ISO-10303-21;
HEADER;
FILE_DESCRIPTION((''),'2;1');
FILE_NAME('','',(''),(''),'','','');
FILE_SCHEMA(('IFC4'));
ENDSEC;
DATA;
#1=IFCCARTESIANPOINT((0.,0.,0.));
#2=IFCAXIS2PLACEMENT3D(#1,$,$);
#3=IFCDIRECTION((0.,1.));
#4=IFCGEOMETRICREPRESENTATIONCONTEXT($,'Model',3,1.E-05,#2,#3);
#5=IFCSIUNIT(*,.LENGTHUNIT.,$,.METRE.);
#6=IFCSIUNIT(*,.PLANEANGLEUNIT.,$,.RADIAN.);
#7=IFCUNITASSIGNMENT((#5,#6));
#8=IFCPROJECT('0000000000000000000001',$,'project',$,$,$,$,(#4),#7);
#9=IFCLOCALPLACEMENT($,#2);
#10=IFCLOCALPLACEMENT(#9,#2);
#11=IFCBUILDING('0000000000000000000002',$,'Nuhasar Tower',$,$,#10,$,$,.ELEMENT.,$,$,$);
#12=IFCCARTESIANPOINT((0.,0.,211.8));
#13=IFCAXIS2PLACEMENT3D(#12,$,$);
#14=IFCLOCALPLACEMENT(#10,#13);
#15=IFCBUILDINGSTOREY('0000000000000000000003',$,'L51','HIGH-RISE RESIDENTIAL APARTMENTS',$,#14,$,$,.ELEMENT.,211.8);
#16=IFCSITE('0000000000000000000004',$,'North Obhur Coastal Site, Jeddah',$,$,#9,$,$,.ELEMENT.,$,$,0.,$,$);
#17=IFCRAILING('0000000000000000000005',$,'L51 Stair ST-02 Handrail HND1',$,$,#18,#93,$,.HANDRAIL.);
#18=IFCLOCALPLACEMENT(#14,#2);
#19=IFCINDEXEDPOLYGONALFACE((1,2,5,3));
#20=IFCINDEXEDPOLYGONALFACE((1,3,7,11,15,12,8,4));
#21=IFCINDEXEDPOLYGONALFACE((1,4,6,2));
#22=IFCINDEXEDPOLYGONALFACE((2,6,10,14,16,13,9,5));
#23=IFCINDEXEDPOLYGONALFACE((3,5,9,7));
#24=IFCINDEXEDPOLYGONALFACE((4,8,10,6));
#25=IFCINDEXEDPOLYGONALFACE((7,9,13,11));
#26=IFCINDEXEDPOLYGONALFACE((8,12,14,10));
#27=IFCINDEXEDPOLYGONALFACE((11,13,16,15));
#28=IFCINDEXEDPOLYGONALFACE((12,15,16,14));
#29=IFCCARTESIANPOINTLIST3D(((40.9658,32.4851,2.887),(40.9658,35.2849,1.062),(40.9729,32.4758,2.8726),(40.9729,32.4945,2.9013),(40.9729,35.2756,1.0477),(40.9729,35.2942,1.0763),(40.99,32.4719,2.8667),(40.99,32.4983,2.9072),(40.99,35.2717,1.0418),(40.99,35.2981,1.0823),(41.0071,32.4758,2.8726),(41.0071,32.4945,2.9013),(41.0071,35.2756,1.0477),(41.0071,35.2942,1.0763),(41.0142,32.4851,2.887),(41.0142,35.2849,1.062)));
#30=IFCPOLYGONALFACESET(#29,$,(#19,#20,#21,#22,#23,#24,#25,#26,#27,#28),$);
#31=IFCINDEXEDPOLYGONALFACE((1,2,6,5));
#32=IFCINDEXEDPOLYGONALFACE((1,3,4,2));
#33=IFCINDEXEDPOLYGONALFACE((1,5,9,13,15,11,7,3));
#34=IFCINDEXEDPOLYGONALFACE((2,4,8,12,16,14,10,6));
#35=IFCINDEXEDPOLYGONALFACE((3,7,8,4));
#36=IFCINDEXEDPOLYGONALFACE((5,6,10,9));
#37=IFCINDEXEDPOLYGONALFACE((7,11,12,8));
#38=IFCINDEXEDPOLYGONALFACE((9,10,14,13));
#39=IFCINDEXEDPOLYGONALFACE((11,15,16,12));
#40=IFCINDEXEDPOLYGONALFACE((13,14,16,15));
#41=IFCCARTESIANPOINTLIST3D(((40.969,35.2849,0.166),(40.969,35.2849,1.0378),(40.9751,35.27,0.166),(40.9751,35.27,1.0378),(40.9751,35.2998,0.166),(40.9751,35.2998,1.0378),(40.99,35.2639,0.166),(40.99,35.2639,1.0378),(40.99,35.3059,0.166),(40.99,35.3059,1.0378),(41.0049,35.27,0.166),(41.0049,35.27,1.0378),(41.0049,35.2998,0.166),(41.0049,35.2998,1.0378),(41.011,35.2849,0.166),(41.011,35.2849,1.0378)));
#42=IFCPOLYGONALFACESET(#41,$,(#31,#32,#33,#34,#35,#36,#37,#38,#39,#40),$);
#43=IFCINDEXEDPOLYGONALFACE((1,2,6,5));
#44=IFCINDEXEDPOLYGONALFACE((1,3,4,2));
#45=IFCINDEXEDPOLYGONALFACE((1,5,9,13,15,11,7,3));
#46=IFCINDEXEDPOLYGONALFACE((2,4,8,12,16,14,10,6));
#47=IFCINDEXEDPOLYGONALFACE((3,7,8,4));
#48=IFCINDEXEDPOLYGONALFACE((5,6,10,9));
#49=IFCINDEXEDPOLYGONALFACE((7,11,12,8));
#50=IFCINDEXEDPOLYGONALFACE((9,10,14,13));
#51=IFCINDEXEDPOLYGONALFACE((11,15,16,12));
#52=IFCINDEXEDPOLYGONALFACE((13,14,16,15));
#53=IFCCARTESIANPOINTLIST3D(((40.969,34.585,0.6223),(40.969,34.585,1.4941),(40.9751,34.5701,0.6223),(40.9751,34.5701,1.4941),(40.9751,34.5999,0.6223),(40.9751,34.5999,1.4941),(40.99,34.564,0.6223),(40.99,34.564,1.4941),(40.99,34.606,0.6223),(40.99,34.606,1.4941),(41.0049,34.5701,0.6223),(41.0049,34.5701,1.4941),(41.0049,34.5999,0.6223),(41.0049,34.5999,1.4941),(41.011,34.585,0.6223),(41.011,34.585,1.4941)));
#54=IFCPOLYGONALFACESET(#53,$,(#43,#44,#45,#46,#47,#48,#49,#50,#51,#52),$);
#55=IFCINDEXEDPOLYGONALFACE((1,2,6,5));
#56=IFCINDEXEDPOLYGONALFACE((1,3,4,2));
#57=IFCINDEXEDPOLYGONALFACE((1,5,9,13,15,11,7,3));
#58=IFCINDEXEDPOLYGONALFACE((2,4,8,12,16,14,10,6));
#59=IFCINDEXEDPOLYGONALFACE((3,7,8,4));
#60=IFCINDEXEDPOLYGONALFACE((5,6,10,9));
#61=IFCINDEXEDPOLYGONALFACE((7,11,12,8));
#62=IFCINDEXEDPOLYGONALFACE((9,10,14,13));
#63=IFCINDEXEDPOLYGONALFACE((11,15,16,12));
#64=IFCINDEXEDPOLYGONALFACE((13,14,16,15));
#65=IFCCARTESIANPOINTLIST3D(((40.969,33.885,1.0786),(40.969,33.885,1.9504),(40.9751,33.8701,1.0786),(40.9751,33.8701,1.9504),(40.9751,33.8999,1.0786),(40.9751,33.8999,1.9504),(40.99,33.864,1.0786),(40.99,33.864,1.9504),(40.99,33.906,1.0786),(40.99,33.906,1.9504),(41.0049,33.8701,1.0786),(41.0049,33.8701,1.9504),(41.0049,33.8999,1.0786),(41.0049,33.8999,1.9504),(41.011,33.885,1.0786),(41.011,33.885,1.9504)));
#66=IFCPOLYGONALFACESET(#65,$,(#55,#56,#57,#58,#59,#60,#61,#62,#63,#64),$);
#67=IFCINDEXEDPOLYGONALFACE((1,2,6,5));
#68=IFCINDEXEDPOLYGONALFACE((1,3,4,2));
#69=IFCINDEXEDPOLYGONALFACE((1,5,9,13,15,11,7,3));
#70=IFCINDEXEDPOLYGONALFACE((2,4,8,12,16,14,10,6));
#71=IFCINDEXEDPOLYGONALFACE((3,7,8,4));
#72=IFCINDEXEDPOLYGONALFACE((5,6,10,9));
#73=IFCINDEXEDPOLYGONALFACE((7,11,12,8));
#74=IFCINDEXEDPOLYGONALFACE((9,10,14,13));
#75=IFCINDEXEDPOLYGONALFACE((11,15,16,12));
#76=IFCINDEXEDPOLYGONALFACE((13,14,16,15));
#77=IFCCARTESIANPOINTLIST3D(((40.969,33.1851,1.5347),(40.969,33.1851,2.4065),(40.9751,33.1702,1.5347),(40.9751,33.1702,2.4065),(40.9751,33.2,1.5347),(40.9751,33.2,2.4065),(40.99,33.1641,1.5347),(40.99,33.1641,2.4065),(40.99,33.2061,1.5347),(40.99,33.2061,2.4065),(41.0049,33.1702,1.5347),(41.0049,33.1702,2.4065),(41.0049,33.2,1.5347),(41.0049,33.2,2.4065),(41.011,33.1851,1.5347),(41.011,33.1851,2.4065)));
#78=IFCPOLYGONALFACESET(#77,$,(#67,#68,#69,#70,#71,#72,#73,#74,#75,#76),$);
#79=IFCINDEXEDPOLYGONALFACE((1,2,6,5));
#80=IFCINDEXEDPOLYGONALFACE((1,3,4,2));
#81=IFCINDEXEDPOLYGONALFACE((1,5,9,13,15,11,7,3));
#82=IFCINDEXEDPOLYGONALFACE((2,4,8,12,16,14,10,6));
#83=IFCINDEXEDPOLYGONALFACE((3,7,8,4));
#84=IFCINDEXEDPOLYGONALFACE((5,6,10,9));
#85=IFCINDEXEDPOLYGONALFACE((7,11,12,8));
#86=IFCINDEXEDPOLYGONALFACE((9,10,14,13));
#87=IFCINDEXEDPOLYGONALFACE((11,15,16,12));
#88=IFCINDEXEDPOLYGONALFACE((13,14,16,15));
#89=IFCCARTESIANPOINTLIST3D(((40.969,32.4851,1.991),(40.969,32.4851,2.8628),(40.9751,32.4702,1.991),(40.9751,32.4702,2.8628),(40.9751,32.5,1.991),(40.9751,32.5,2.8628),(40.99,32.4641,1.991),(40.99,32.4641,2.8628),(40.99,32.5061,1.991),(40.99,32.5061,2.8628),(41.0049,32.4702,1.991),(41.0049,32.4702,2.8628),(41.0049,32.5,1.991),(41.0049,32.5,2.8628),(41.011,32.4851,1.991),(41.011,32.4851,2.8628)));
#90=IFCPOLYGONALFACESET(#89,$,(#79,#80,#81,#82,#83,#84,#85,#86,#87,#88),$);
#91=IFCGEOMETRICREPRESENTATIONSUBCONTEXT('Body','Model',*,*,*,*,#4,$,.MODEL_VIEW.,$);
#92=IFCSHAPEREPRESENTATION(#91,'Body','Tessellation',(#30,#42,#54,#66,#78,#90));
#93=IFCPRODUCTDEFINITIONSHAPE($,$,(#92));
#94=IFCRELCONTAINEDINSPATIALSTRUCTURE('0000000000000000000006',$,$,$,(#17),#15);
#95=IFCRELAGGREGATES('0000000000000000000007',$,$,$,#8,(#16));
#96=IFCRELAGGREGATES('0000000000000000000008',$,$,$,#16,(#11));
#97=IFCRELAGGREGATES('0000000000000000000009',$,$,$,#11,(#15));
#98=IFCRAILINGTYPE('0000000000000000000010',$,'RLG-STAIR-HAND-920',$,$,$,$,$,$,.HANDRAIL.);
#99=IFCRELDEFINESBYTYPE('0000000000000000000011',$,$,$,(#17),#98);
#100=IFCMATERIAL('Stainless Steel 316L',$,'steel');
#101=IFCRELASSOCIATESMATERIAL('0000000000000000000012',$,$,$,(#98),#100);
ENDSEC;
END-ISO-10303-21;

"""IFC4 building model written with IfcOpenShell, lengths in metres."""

from ifc_helpers import new_model, si_unit, direction, frame, origin, place, context, subcontext, project, spatial, polyline, outline, extrude, material, type_object, element, save


model = new_model("IFC4")

# Units and contexts
model_context = context("Model", 3, precision=1e-05, world=origin(), true_north=direction((0.0, 1.0)))
body_context = subcontext(model_context, "Body", "Model", "MODEL_VIEW")
ifc_project = project(units=[si_unit("LENGTHUNIT", "METRE"), si_unit("PLANEANGLEUNIT", "RADIAN")], contexts=[model_context])

# Site, building, storey
site_placement = place(None, origin())
site = spatial("IfcSite", under=ifc_project, at=site_placement, Name="North Obhur Coastal Site, Jeddah", CompositionType="ELEMENT", RefElevation=0.0)
building_placement = place(site_placement, origin())
building = spatial("IfcBuilding", under=site, at=building_placement, Name="Nuhasar Tower", CompositionType="ELEMENT")
storey_placement = place(building_placement, frame((0.0, 0.0, 211.8)))
storey = spatial("IfcBuildingStorey", under=building, at=storey_placement, Name="L51", Description="HIGH-RISE RESIDENTIAL APARTMENTS", CompositionType="ELEMENT", Elevation=211.8)

# Railing
ifc_material_1 = material(Name="Stainless Steel 316L", Category="steel")
railing_type_1 = type_object("IfcRailingType", Name="RLG-STAIR-HAND-920", PredefinedType="HANDRAIL", material=ifc_material_1)
railing_1_placement = place(storey_placement, frame((40.99, 35.2849, 0.166)))
element("IfcRailing", 1, at=railing_1_placement, inside=storey, type_object=railing_type_1, Name="L51 Stair ST-02 Handrail HND1", PredefinedType="HANDRAIL", context=body_context, shape_type="SweptSolid", body=[
    extrude(outline(polyline([(0.0242, 0.0), (0.0171, 0.0171), (0.0, 0.0242), (-0.0171, 0.0171), (-0.0242, 0.0), (-0.0171, -0.0171), (0.0, -0.0242), (0.0171, -0.0171), (0.0242, 0.0)])), frame((0.0, 0.0, 0.896), z_axis=(0.0, -0.837749, 0.546056), x_axis=(1.0, 0.0, 0.0)), (0.0, 0.0, 1.0), 3.342),
    extrude(outline(polyline([(0.021, 0.0), (0.0149, 0.0149), (0.0, 0.021), (-0.0149, 0.0149), (-0.021, 0.0), (-0.0149, -0.0149), (0.0, -0.021), (0.0149, -0.0149), (0.021, 0.0)])), origin(), (0.0, 0.0, 1.0), 0.8718),
    extrude(outline(polyline([(0.021, 0.0), (0.0149, 0.0149), (0.0, 0.021), (-0.0149, 0.0149), (-0.021, 0.0), (-0.0149, -0.0149), (0.0, -0.021), (0.0149, -0.0149), (0.021, 0.0)])), frame((0.0, -0.7, 0.4563)), (0.0, 0.0, 1.0), 0.8718),
    extrude(outline(polyline([(0.021, 0.0), (0.0149, 0.0149), (0.0, 0.021), (-0.0149, 0.0149), (-0.021, 0.0), (-0.0149, -0.0149), (0.0, -0.021), (0.0149, -0.0149), (0.021, 0.0)])), frame((0.0, -1.3999, 0.9126)), (0.0, 0.0, 1.0), 0.8718),
    extrude(outline(polyline([(0.021, 0.0), (0.0149, 0.0149), (0.0, 0.021), (-0.0149, 0.0149), (-0.021, 0.0), (-0.0149, -0.0149), (0.0, -0.021), (0.0149, -0.0149), (0.021, 0.0)])), frame((0.0, -2.0999, 1.3687)), (0.0, 0.0, 1.0), 0.8718),
    extrude(outline(polyline([(0.021, 0.0), (0.0149, 0.0149), (0.0, 0.021), (-0.0149, 0.0149), (-0.021, 0.0), (-0.0149, -0.0149), (0.0, -0.021), (0.0149, -0.0149), (0.021, 0.0)])), frame((0.0, -2.7998, 1.825)), (0.0, 0.0, 1.0), 0.8718),
])

save(model, "model.ifc")
